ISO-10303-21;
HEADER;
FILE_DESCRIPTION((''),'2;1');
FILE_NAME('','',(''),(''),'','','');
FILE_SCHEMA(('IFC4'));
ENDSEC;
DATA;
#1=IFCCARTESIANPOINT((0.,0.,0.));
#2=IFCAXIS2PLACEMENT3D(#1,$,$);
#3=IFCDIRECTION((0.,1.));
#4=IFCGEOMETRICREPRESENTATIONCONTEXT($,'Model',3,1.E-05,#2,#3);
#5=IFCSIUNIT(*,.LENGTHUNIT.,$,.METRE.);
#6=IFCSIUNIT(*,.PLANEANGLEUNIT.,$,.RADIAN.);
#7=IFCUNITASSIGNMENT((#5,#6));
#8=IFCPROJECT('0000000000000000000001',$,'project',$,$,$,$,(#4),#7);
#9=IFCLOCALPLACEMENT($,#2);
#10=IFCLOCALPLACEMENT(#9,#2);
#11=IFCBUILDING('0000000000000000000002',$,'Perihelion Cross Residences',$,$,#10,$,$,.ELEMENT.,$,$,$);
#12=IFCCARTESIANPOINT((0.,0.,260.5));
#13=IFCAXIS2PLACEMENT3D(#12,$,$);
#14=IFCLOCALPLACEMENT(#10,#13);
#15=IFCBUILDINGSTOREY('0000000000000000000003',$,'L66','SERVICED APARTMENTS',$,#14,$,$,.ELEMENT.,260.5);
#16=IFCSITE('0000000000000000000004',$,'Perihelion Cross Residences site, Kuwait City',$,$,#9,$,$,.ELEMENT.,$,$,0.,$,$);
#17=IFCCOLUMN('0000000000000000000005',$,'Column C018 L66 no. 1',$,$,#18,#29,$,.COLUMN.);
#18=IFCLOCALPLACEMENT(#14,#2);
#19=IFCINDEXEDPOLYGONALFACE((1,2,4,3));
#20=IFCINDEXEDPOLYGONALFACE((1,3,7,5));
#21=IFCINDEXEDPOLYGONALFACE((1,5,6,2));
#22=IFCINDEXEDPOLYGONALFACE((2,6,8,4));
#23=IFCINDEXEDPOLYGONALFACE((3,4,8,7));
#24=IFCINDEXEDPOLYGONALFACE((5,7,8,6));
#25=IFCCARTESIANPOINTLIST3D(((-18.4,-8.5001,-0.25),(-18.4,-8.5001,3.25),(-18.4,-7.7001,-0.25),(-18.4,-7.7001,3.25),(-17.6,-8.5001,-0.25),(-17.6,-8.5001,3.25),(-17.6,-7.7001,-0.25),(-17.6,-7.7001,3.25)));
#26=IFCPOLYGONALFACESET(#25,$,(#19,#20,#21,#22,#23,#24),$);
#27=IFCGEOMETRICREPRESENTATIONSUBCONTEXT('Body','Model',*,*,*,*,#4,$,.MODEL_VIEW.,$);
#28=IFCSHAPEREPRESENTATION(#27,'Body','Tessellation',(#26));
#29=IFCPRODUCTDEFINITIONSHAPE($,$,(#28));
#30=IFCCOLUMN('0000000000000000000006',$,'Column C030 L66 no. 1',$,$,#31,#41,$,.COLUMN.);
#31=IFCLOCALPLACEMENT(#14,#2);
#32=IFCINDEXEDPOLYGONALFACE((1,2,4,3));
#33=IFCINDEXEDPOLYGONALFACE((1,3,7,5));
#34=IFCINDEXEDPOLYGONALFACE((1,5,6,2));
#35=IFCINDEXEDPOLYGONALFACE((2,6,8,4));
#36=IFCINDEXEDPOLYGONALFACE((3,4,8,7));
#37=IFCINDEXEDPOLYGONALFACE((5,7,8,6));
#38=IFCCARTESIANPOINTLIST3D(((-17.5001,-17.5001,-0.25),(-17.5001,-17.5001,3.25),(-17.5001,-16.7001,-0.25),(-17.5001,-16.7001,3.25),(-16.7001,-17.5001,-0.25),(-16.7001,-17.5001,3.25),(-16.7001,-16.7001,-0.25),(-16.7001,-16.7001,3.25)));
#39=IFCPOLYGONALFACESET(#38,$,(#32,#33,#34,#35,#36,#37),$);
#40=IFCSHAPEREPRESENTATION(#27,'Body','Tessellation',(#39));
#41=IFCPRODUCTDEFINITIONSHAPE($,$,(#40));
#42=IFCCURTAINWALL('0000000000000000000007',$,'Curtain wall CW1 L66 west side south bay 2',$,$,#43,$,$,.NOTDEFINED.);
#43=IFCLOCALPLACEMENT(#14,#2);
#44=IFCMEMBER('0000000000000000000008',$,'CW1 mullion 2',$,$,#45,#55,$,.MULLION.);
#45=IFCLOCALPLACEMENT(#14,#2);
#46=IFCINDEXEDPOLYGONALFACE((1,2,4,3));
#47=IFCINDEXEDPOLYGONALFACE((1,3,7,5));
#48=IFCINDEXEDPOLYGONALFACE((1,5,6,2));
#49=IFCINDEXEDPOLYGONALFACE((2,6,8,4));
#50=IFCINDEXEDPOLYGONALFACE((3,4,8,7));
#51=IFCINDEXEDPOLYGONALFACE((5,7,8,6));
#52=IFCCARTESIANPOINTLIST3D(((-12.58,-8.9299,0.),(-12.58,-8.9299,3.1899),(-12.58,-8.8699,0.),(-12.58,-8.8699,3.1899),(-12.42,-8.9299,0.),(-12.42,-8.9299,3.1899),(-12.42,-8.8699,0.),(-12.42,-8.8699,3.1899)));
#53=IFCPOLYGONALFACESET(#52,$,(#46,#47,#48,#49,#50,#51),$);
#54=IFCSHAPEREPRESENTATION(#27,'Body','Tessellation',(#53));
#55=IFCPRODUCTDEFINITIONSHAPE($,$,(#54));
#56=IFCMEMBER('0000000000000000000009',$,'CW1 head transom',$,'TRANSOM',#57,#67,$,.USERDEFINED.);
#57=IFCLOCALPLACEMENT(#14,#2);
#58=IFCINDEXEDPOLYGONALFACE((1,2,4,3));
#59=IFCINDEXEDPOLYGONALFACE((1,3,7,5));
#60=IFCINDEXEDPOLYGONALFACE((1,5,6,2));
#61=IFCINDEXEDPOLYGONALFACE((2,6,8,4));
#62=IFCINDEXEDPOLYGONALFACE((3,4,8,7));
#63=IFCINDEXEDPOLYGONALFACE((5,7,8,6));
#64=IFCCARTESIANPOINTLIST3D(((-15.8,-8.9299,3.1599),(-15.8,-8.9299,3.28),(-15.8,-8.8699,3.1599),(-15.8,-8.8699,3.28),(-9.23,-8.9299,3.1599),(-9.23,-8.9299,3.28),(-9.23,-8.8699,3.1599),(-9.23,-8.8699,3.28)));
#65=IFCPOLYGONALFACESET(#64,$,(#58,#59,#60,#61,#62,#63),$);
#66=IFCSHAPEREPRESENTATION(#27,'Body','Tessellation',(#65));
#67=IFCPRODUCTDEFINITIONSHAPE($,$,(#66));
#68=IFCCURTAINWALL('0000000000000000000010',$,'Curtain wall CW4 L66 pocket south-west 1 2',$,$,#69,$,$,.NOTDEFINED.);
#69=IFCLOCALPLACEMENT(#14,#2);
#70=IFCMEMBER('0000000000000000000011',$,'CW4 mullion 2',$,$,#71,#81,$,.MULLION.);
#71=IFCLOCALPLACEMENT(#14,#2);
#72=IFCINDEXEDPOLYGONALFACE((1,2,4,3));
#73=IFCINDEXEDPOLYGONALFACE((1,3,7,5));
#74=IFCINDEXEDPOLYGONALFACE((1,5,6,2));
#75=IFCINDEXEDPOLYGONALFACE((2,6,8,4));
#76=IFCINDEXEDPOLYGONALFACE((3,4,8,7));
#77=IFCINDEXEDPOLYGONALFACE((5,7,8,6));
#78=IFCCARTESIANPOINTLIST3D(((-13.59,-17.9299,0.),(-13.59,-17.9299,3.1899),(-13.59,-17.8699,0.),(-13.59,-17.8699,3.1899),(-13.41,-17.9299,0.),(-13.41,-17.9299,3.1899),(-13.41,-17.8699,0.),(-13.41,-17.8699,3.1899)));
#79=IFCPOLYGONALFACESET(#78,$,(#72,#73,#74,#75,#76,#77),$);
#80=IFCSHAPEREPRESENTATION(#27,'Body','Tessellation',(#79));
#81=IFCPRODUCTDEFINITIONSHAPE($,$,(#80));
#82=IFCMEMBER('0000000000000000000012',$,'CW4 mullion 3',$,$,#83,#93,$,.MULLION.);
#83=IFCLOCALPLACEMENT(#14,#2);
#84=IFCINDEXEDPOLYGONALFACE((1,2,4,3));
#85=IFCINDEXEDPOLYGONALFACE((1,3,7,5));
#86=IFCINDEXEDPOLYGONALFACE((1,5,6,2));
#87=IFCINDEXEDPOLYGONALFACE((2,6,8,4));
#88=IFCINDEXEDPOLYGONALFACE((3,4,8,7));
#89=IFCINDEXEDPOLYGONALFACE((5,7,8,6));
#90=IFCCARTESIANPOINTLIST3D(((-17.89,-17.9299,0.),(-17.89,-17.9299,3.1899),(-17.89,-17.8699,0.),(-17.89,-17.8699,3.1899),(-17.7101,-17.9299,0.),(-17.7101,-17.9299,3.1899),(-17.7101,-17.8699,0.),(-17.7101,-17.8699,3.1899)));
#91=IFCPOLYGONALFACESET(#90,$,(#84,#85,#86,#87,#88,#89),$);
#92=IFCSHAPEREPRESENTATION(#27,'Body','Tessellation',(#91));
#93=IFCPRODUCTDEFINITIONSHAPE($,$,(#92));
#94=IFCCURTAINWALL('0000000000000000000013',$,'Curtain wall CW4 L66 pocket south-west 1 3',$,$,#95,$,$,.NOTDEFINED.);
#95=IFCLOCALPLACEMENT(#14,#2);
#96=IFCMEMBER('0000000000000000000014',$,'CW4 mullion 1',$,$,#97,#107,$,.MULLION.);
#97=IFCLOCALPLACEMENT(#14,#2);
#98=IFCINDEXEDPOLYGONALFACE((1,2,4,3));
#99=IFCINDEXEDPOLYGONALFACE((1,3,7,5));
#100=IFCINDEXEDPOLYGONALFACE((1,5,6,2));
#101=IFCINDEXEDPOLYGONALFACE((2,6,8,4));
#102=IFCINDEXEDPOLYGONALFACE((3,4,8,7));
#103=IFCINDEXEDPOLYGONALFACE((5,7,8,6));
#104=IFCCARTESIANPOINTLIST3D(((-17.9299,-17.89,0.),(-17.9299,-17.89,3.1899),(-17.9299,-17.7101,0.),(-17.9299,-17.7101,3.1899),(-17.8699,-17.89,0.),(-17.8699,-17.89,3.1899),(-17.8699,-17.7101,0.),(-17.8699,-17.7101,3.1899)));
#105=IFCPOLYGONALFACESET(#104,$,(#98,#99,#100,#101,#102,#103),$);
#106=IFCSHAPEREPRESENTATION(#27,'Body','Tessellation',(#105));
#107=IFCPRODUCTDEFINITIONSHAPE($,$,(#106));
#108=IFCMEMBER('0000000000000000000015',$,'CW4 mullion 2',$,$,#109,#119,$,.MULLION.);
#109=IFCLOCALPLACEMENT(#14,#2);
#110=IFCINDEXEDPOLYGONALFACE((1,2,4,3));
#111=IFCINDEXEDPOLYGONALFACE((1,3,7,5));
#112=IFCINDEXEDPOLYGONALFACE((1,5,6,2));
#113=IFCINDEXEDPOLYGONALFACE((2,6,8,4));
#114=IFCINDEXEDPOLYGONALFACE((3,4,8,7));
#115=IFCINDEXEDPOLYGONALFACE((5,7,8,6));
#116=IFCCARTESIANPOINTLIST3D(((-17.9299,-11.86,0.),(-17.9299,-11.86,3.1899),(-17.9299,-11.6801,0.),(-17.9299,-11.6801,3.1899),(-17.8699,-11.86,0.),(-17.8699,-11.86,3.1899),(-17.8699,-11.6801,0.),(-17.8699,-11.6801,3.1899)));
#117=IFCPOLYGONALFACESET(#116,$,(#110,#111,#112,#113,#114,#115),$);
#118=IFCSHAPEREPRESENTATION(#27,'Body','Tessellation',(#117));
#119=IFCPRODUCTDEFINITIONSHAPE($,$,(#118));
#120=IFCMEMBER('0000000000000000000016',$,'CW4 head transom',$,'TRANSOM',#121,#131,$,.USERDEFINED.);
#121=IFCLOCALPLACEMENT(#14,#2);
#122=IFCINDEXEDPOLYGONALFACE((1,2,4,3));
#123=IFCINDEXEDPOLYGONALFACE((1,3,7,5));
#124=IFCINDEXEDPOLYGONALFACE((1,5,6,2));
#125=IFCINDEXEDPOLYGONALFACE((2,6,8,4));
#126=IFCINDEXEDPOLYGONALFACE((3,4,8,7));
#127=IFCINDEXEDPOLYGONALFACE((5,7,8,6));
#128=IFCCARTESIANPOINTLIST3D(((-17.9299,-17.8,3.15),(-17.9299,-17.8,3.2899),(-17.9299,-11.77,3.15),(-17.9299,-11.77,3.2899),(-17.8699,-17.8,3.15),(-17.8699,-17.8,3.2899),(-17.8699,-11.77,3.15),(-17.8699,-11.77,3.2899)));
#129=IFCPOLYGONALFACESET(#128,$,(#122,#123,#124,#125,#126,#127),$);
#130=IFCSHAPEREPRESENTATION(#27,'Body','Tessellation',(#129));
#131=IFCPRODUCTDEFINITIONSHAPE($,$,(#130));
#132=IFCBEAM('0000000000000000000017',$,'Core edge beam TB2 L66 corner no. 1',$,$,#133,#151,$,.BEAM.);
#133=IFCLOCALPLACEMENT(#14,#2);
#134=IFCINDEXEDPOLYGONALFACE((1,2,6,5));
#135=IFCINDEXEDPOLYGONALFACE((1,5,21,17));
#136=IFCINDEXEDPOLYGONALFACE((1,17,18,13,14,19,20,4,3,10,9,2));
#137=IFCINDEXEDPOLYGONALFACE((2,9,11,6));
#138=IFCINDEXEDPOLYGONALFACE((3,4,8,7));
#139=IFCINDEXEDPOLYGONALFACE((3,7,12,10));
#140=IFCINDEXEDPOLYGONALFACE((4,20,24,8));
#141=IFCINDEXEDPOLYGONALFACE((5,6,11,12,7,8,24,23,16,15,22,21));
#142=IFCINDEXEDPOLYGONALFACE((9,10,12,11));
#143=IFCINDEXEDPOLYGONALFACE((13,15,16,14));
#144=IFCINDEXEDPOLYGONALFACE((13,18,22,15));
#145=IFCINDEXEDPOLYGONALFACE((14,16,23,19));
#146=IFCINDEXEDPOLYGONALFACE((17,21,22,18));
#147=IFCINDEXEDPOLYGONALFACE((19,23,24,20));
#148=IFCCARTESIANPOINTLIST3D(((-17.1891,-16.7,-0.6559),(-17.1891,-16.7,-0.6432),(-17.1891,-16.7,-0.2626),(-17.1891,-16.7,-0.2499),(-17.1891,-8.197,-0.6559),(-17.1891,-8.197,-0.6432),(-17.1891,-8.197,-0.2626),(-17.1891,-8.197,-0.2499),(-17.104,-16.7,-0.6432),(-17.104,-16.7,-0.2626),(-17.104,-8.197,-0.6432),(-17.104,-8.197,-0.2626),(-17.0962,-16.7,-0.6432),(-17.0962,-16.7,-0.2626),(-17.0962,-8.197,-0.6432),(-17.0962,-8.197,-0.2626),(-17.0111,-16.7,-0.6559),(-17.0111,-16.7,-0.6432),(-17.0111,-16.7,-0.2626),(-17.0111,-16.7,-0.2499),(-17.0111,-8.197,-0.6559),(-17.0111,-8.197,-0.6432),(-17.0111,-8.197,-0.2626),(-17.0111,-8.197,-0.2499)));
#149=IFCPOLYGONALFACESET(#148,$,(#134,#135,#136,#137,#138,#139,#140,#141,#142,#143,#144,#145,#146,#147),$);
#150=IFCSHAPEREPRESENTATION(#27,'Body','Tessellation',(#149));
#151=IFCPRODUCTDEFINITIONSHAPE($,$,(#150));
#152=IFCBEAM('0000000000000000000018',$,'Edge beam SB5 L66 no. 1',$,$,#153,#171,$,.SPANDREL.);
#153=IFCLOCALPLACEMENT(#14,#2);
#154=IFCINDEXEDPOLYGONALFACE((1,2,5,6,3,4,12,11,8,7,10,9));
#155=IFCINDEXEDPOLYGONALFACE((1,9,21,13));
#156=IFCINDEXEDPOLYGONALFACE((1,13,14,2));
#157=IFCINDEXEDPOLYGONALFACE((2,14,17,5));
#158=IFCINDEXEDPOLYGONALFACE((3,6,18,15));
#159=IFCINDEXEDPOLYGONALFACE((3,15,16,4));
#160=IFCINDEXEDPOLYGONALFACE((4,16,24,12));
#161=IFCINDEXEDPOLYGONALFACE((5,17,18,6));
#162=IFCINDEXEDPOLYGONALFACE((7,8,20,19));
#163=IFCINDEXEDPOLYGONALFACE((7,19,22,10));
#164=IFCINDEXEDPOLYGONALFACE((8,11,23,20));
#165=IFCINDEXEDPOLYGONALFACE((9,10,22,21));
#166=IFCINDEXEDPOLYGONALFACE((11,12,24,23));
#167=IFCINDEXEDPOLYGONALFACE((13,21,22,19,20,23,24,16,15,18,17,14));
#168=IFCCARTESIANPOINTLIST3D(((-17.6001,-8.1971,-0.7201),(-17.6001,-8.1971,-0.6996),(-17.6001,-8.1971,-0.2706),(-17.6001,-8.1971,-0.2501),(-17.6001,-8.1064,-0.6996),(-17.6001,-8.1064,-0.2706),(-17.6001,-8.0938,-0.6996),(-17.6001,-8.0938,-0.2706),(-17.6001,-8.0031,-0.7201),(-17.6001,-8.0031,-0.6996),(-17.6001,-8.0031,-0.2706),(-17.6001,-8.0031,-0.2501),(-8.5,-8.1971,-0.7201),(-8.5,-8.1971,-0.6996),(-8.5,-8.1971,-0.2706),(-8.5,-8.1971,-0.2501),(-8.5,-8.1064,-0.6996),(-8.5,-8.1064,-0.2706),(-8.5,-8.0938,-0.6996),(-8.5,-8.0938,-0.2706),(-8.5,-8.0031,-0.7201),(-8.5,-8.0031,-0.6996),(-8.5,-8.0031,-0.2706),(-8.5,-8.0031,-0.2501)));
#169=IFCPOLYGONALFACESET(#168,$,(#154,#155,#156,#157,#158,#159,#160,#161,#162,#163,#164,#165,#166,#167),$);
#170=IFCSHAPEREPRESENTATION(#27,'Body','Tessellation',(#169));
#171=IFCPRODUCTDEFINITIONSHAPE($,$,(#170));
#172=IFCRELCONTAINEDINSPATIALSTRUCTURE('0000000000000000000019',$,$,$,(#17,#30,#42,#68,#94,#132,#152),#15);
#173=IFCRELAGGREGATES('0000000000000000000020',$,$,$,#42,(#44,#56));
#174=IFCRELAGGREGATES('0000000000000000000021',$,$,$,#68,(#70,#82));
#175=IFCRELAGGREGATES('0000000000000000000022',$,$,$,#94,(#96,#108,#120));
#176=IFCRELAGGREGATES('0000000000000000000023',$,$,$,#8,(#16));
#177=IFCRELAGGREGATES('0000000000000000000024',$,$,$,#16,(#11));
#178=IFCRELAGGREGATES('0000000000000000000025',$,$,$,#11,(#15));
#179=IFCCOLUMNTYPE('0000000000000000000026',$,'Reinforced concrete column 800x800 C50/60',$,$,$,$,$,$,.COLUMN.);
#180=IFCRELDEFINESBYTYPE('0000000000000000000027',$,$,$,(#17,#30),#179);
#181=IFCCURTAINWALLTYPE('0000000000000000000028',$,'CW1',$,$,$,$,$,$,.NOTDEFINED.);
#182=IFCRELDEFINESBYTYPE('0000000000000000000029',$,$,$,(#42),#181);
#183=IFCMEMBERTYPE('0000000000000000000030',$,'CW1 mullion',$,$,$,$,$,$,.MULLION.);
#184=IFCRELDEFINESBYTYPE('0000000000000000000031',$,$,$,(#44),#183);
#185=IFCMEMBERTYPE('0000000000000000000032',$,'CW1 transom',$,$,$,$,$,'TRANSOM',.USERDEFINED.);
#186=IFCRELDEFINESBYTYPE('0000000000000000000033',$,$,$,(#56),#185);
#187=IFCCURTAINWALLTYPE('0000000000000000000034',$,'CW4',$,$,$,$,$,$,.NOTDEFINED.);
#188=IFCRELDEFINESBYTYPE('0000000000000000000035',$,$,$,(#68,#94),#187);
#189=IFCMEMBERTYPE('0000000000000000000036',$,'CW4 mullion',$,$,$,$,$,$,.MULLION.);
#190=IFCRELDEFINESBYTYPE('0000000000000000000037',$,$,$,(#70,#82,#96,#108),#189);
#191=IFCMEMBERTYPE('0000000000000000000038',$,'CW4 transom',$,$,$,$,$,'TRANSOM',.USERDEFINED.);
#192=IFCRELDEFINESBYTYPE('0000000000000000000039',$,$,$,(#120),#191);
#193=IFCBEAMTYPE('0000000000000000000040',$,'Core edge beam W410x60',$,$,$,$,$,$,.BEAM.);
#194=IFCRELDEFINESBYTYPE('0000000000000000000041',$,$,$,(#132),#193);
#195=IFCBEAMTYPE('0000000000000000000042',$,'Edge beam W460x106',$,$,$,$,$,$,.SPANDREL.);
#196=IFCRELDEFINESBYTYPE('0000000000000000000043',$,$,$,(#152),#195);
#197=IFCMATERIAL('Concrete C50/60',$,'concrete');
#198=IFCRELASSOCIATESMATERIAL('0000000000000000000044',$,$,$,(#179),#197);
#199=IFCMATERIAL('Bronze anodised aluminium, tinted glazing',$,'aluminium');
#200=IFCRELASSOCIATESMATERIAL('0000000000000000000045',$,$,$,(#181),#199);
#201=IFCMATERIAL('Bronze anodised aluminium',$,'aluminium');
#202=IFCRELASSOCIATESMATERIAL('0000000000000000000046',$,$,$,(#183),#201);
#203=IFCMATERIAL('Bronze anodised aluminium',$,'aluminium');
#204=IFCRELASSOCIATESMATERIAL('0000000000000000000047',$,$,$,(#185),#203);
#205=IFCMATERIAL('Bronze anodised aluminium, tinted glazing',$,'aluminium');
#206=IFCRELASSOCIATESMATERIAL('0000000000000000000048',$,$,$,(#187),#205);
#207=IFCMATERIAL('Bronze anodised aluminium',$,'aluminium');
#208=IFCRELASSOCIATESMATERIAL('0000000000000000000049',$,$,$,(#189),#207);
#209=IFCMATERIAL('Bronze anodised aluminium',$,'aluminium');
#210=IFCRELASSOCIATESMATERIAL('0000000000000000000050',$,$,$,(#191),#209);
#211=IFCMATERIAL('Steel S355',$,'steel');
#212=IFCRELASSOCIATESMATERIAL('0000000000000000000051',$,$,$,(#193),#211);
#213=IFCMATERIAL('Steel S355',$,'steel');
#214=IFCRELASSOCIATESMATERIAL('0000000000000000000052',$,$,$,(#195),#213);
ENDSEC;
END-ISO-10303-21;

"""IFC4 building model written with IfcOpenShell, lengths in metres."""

from ifc_helpers import new_model, si_unit, direction, frame, origin, origin_2d, place, context, subcontext, project, spatial, rectangle, i_section, extrude, material, material_profile, profile_set, type_object, element, aggregate, save


model = new_model("IFC4")

# Units and contexts
model_context = context("Model", 3, precision=1e-05, world=origin(), true_north=direction((0.0, 1.0)))
body_context = subcontext(model_context, "Body", "Model", "MODEL_VIEW")
ifc_project = project(units=[si_unit("LENGTHUNIT", "METRE"), si_unit("PLANEANGLEUNIT", "RADIAN")], contexts=[model_context])

# Site, building, storey
site_placement = place(None, origin())
site = spatial("IfcSite", under=ifc_project, at=site_placement, Name="Perihelion Cross Residences site, Kuwait City", CompositionType="ELEMENT", RefElevation=0.0)
building_placement = place(site_placement, origin())
building = spatial("IfcBuilding", under=site, at=building_placement, Name="Perihelion Cross Residences", CompositionType="ELEMENT")
storey_placement = place(building_placement, frame((0.0, 0.0, 260.5)))
storey = spatial("IfcBuildingStorey", under=building, at=storey_placement, Name="L66", Description="SERVICED APARTMENTS", CompositionType="ELEMENT", Elevation=260.5)

# Columns
ifc_material_1 = material(Name="Concrete C50/60", Category="concrete")
ifc_material_profile_1 = material_profile(ifc_material_1, rectangle(XDim=0.8, YDim=0.8, at=origin_2d()), Name="RC 800x800")
ifc_profile_set_1 = profile_set([ifc_material_profile_1], Name="Concrete C50/60")
column_type = type_object("IfcColumnType", Name="Reinforced concrete column 800x800 C50/60", PredefinedType="COLUMN", material=ifc_profile_set_1)
for number, where, z_axis, x_axis, name in (
    (1, (-18.0, -8.1001, -0.25), (0.0, 0.0, 1.0), (1.0, 0.0, 0.0), "Column C018 L66 no. 1"),
    (2, (-17.1001, -17.1001, -0.25), (0.0, 0.0, 1.0), (1.0, 0.0, 0.0), "Column C030 L66 no. 1"),
):
    element("IfcColumn", number, at=place(storey_placement, frame(where, z_axis=z_axis, x_axis=x_axis)), inside=storey, type_object=column_type, Name=name, PredefinedType="COLUMN", context=body_context, shape_type="SweptSolid", body=[
        extrude(rectangle(XDim=0.8, YDim=0.8, at=origin_2d()), origin(), (0.0, 0.0, 1.0), 3.5),
    ])

# Curtain walls, members
ifc_material_2 = material(Name="Bronze anodised aluminium, tinted glazing", Category="aluminium")
curtain_wall_type_1 = type_object("IfcCurtainWallType", Name="CW1", PredefinedType="NOTDEFINED", material=ifc_material_2)
curtain_wall_1_placement = place(storey_placement, origin())
curtain_wall_1 = element("IfcCurtainWall", 3, at=curtain_wall_1_placement, inside=storey, type_object=curtain_wall_type_1, Name="Curtain wall CW1 L66 west side south bay 2", PredefinedType="NOTDEFINED")
ifc_material_3 = material(Name="Bronze anodised aluminium", Category="aluminium")
ifc_material_profile_2 = material_profile(ifc_material_3, rectangle(XDim=0.0601, YDim=0.1599, at=origin_2d()), Name="CW1 mullion")
ifc_profile_set_2 = profile_set([ifc_material_profile_2], Name="Bronze anodised aluminium")
member_type_1 = type_object("IfcMemberType", Name="CW1 mullion", PredefinedType="MULLION", material=ifc_profile_set_2)
member_1_placement = place(storey_placement, frame((-12.5, -8.8999, 0.0), z_axis=(0.0, 0.0, 1.0), x_axis=(0.0, 1.0, 0.0)))
member_1 = element("IfcMember", 4, at=member_1_placement, type_object=member_type_1, Name="CW1 mullion 2", PredefinedType="MULLION", context=body_context, shape_type="SweptSolid", body=[
    extrude(rectangle(XDim=0.0601, YDim=0.1599, at=origin_2d()), origin(), (0.0, 0.0, 1.0), 3.1899),
])
ifc_material_4 = material(Name="Bronze anodised aluminium", Category="aluminium")
ifc_material_profile_3 = material_profile(ifc_material_4, rectangle(XDim=0.0601, YDim=0.1201, at=origin_2d()), Name="CW1 transom")
ifc_profile_set_3 = profile_set([ifc_material_profile_3], Name="Bronze anodised aluminium")
member_type_2 = type_object("IfcMemberType", Name="CW1 transom", ElementType="TRANSOM", PredefinedType="USERDEFINED", material=ifc_profile_set_3)
member_2_placement = place(storey_placement, frame((-15.8, -8.8999, 3.22), z_axis=(1.0, 0.0, 0.0), x_axis=(0.0, 1.0, 0.0)))
member_2 = element("IfcMember", 5, at=member_2_placement, type_object=member_type_2, Name="CW1 head transom", ObjectType="TRANSOM", PredefinedType="USERDEFINED", context=body_context, shape_type="SweptSolid", body=[
    extrude(rectangle(XDim=0.0601, YDim=0.1201, at=origin_2d()), origin(), (0.0, 0.0, 1.0), 6.5701),
])
ifc_material_5 = material(Name="Bronze anodised aluminium, tinted glazing", Category="aluminium")
curtain_wall_type_2 = type_object("IfcCurtainWallType", Name="CW4", PredefinedType="NOTDEFINED", material=ifc_material_5)
curtain_wall_2_placement = place(storey_placement, origin())
curtain_wall_2 = element("IfcCurtainWall", 6, at=curtain_wall_2_placement, inside=storey, type_object=curtain_wall_type_2, Name="Curtain wall CW4 L66 pocket south-west 1 2", PredefinedType="NOTDEFINED")
ifc_material_6 = material(Name="Bronze anodised aluminium", Category="aluminium")
ifc_material_profile_4 = material_profile(ifc_material_6, rectangle(XDim=0.0601, YDim=0.1799, at=origin_2d()), Name="CW4 mullion")
ifc_profile_set_4 = profile_set([ifc_material_profile_4], Name="Bronze anodised aluminium")
member_type_3 = type_object("IfcMemberType", Name="CW4 mullion", PredefinedType="MULLION", material=ifc_profile_set_4)
member_3_placement = place(storey_placement, frame((-13.5, -17.8999, 0.0), z_axis=(0.0, 0.0, 1.0), x_axis=(0.0, -1.0, 0.0)))
member_3 = element("IfcMember", 7, at=member_3_placement, type_object=member_type_3, Name="CW4 mullion 2", PredefinedType="MULLION", context=body_context, shape_type="SweptSolid", body=[
    extrude(rectangle(XDim=0.0601, YDim=0.1799, at=origin_2d()), origin(), (0.0, 0.0, 1.0), 3.1899),
])
member_4_placement = place(storey_placement, frame((-17.8, -17.8999, 0.0), z_axis=(0.0, 0.0, 1.0), x_axis=(0.0, -1.0, 0.0)))
member_4 = element("IfcMember", 8, at=member_4_placement, type_object=member_type_3, Name="CW4 mullion 3", PredefinedType="MULLION", context=body_context, shape_type="SweptSolid", body=[
    extrude(rectangle(XDim=0.0601, YDim=0.1799, at=origin_2d()), origin(), (0.0, 0.0, 1.0), 3.1899),
])
curtain_wall_3_placement = place(storey_placement, origin())
curtain_wall_3 = element("IfcCurtainWall", 9, at=curtain_wall_3_placement, inside=storey, type_object=curtain_wall_type_2, Name="Curtain wall CW4 L66 pocket south-west 1 3", PredefinedType="NOTDEFINED")
member_5_placement = place(storey_placement, frame((-17.8999, -17.8, 0.0), z_axis=(0.0, 0.0, 1.0), x_axis=(-1.0, 0.0, 0.0)))
member_5 = element("IfcMember", 10, at=member_5_placement, type_object=member_type_3, Name="CW4 mullion 1", PredefinedType="MULLION", context=body_context, shape_type="SweptSolid", body=[
    extrude(rectangle(XDim=0.0601, YDim=0.1799, at=origin_2d()), origin(), (0.0, 0.0, 1.0), 3.1899),
])
member_6_placement = place(storey_placement, frame((-17.8999, -11.77, 0.0), z_axis=(0.0, 0.0, 1.0), x_axis=(-1.0, 0.0, 0.0)))
member_6 = element("IfcMember", 11, at=member_6_placement, type_object=member_type_3, Name="CW4 mullion 2", PredefinedType="MULLION", context=body_context, shape_type="SweptSolid", body=[
    extrude(rectangle(XDim=0.0601, YDim=0.1799, at=origin_2d()), origin(), (0.0, 0.0, 1.0), 3.1899),
])
ifc_material_7 = material(Name="Bronze anodised aluminium", Category="aluminium")
ifc_material_profile_5 = material_profile(ifc_material_7, rectangle(XDim=0.0601, YDim=0.1399, at=origin_2d()), Name="CW4 transom")
ifc_profile_set_5 = profile_set([ifc_material_profile_5], Name="Bronze anodised aluminium")
member_type_4 = type_object("IfcMemberType", Name="CW4 transom", ElementType="TRANSOM", PredefinedType="USERDEFINED", material=ifc_profile_set_5)
member_7_placement = place(storey_placement, frame((-17.8999, -17.8, 3.22), z_axis=(0.0, 1.0, 0.0), x_axis=(-1.0, 0.0, 0.0)))
member_7 = element("IfcMember", 12, at=member_7_placement, type_object=member_type_4, Name="CW4 head transom", ObjectType="TRANSOM", PredefinedType="USERDEFINED", context=body_context, shape_type="SweptSolid", body=[
    extrude(rectangle(XDim=0.0601, YDim=0.1399, at=origin_2d()), origin(), (0.0, 0.0, 1.0), 6.03),
])

# Beams
ifc_material_8 = material(Name="Steel S355", Category="steel")
ifc_material_profile_6 = material_profile(ifc_material_8, i_section(OverallWidth=0.178, OverallDepth=0.406, WebThickness=0.0078, FlangeThickness=0.0127, at=origin_2d()), Name="W410x60")
ifc_profile_set_6 = profile_set([ifc_material_profile_6], Name="Steel S355")
beam_type_1 = type_object("IfcBeamType", Name="Core edge beam W410x60", PredefinedType="BEAM", material=ifc_profile_set_6)
beam_1_placement = place(storey_placement, frame((-17.1001, -8.197, -0.4529), z_axis=(0.0, -1.0, 0.0), x_axis=(1.0, 0.0, 0.0)))
element("IfcBeam", 13, at=beam_1_placement, inside=storey, type_object=beam_type_1, Name="Core edge beam TB2 L66 corner no. 1", PredefinedType="BEAM", context=body_context, shape_type="SweptSolid", body=[
    extrude(i_section(OverallWidth=0.178, OverallDepth=0.406, WebThickness=0.0078, FlangeThickness=0.0127, at=origin_2d()), origin(), (0.0, 0.0, 1.0), 8.5029),
])
ifc_material_9 = material(Name="Steel S355", Category="steel")
ifc_material_profile_7 = material_profile(ifc_material_9, i_section(OverallWidth=0.1941, OverallDepth=0.47, WebThickness=0.0127, FlangeThickness=0.0205, at=origin_2d()), Name="W460x106")
ifc_profile_set_7 = profile_set([ifc_material_profile_7], Name="Steel S355")
beam_type_2 = type_object("IfcBeamType", Name="Edge beam W460x106", PredefinedType="SPANDREL", material=ifc_profile_set_7)
beam_2_placement = place(storey_placement, frame((-17.6001, -8.1001, -0.4851), z_axis=(1.0, 0.0, 0.0), x_axis=(0.0, 1.0, 0.0)))
element("IfcBeam", 14, at=beam_2_placement, inside=storey, type_object=beam_type_2, Name="Edge beam SB5 L66 no. 1", PredefinedType="SPANDREL", context=body_context, shape_type="SweptSolid", body=[
    extrude(i_section(OverallWidth=0.1941, OverallDepth=0.47, WebThickness=0.0127, FlangeThickness=0.0205, at=origin_2d()), origin(), (0.0, 0.0, 1.0), 9.1001),
])

aggregate(curtain_wall_1, [member_1, member_2])
aggregate(curtain_wall_2, [member_3, member_4])
aggregate(curtain_wall_3, [member_5, member_6, member_7])

save(model, "model.ifc")
